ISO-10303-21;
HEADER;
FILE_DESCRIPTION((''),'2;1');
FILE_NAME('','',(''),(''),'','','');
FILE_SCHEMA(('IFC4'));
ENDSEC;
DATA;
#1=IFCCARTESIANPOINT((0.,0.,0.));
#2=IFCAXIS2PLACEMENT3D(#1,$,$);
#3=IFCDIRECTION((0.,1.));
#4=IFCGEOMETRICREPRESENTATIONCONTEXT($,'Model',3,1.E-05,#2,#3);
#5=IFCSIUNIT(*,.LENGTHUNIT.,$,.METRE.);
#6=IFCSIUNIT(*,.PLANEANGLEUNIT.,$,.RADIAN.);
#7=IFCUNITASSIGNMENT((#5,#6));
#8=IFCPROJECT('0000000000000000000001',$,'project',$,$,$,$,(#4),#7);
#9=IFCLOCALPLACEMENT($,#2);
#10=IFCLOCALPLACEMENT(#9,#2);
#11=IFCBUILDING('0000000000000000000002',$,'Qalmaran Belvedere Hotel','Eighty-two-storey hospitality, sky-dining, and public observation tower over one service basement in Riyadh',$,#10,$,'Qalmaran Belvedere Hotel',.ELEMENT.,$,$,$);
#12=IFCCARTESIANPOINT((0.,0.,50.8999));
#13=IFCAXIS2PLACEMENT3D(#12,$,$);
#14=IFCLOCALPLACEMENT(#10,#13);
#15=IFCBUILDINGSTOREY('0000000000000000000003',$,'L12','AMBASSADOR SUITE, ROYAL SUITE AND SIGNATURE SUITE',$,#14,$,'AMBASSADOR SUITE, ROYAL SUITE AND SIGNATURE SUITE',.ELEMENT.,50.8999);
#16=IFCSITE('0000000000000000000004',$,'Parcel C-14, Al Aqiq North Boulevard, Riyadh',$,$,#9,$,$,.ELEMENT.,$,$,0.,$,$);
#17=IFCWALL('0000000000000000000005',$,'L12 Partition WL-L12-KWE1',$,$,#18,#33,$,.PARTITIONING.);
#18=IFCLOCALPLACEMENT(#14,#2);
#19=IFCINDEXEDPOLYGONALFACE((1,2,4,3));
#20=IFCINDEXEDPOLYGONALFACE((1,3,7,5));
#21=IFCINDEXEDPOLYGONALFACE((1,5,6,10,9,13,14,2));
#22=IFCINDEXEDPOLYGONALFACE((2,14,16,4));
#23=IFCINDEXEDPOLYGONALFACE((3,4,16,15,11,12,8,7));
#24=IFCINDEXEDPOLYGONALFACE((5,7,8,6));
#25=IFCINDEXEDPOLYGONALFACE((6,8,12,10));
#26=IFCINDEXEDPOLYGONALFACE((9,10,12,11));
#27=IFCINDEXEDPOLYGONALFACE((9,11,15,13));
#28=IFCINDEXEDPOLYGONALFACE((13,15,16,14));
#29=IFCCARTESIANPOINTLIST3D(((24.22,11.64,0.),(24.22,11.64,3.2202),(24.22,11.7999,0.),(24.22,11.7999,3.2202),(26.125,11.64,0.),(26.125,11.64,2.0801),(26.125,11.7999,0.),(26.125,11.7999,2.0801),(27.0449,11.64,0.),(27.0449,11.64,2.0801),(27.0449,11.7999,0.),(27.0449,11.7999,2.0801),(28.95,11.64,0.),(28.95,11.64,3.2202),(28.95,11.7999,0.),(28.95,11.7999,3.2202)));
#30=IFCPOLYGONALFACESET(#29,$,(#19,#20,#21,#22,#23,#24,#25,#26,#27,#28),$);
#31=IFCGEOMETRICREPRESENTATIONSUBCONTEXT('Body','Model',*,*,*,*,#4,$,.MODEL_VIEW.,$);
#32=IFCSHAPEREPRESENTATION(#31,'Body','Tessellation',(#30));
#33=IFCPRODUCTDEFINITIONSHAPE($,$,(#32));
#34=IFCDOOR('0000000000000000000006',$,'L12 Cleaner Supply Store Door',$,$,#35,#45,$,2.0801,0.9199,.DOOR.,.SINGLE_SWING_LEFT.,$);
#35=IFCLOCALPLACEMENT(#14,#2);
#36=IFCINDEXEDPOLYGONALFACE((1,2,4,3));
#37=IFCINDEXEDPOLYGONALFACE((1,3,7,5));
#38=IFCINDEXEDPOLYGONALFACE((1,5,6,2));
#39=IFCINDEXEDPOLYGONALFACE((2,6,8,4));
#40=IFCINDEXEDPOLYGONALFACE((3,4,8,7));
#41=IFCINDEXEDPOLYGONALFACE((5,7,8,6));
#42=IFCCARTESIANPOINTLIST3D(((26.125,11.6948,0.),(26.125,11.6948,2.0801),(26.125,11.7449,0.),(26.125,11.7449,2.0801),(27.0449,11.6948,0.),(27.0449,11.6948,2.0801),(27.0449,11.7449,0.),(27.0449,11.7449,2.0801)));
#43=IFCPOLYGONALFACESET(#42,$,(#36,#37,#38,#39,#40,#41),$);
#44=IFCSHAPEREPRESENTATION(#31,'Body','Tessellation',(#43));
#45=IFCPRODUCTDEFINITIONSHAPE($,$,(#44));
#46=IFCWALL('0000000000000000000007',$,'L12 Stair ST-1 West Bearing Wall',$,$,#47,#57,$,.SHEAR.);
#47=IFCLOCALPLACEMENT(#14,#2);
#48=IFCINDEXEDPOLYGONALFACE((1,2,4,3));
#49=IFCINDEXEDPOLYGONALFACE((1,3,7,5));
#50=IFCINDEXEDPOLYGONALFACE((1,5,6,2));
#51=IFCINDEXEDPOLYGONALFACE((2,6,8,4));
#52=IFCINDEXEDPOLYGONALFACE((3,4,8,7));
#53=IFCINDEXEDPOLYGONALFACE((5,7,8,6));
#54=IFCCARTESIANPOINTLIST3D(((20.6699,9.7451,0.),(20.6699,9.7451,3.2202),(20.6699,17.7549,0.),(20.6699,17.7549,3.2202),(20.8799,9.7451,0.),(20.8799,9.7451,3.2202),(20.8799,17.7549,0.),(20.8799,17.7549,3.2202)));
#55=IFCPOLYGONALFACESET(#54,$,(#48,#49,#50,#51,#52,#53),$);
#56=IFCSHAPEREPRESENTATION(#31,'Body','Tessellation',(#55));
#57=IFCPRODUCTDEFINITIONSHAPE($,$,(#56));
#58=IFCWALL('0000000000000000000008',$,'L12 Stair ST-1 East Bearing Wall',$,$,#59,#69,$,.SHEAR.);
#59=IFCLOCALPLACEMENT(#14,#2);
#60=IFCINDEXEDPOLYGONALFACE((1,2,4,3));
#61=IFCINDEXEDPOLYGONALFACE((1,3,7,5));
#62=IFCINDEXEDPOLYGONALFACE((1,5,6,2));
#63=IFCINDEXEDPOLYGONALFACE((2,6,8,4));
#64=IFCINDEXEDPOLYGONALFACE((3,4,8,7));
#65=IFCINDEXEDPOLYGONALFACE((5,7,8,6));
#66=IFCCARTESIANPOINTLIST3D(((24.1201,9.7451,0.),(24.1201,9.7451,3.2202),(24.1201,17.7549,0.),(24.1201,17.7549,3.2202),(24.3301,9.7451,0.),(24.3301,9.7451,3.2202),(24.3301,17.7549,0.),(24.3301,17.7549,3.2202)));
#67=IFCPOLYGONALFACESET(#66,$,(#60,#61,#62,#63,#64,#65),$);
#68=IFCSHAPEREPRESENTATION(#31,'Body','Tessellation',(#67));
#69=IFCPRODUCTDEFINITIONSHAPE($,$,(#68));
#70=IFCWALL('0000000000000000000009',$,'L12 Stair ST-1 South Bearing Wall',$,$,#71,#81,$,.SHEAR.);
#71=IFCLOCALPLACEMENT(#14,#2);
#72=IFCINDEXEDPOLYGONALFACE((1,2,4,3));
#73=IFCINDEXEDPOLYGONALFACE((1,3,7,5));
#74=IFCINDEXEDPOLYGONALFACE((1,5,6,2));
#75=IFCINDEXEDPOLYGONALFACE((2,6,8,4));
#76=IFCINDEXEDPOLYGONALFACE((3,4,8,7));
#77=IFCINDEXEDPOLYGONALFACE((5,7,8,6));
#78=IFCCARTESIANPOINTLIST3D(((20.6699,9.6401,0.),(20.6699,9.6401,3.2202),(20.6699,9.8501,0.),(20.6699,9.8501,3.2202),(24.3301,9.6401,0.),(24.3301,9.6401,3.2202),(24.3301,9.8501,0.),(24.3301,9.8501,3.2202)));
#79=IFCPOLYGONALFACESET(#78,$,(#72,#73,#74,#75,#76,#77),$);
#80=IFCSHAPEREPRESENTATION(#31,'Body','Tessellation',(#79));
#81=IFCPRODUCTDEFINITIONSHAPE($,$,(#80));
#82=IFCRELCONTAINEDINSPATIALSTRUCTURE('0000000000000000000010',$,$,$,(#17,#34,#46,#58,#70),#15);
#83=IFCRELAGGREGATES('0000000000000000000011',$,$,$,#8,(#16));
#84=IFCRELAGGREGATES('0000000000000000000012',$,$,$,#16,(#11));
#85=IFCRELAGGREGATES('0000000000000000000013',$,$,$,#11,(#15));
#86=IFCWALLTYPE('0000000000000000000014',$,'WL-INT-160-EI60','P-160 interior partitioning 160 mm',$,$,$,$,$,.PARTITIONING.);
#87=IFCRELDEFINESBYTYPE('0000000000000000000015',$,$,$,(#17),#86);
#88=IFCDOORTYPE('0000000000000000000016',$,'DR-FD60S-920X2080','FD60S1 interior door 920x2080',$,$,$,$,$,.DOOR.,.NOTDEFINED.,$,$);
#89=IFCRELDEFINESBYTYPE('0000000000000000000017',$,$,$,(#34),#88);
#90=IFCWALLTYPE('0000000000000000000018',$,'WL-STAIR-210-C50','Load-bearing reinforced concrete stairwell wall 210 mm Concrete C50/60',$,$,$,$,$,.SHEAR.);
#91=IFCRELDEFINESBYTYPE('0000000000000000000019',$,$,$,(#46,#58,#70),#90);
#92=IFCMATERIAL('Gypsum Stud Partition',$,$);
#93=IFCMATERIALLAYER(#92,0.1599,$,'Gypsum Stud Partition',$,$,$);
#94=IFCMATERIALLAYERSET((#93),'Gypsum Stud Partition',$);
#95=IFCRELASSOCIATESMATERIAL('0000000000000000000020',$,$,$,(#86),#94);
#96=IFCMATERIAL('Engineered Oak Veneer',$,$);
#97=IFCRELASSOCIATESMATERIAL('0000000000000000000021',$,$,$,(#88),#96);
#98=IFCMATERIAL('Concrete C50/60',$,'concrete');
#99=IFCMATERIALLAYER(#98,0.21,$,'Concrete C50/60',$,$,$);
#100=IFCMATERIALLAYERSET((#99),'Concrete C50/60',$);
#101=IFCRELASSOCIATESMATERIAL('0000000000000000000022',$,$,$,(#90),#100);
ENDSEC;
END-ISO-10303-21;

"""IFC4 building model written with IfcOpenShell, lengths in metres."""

from ifc_helpers import new_model, si_unit, direction, frame, frame_2d, origin, place, context, subcontext, project, spatial, rectangle, extrude, material, layer, layer_set, type_object, element, fill, save


model = new_model("IFC4")

# Units and contexts
model_context = context("Model", 3, precision=1e-05, world=origin(), true_north=direction((0.0, 1.0)))
body_context = subcontext(model_context, "Body", "Model", "MODEL_VIEW")
ifc_project = project(units=[si_unit("LENGTHUNIT", "METRE"), si_unit("PLANEANGLEUNIT", "RADIAN")], contexts=[model_context])

# Site, building, storey
site_placement = place(None, origin())
site = spatial("IfcSite", under=ifc_project, at=site_placement, Name="Parcel C-14, Al Aqiq North Boulevard, Riyadh", CompositionType="ELEMENT", RefElevation=0.0)
building_placement = place(site_placement, origin())
building = spatial("IfcBuilding", under=site, at=building_placement, Name="Qalmaran Belvedere Hotel", Description="Eighty-two-storey hospitality, sky-dining, and public observation tower over one service basement in Riyadh", LongName="Qalmaran Belvedere Hotel", CompositionType="ELEMENT")
storey_placement = place(building_placement, frame((0.0, 0.0, 50.8999)))
storey = spatial("IfcBuildingStorey", under=building, at=storey_placement, Name="L12", Description="AMBASSADOR SUITE, ROYAL SUITE AND SIGNATURE SUITE", LongName="AMBASSADOR SUITE, ROYAL SUITE AND SIGNATURE SUITE", CompositionType="ELEMENT", Elevation=50.8999)

# Shared definitions
ifc_material_1 = material(Name="Concrete C50/60", Category="concrete")
ifc_material_2 = material(Name="Gypsum Stud Partition")

# Wall, opening, door
ifc_layer_1 = layer(ifc_material_2, 0.1599, Name="Gypsum Stud Partition")
ifc_layer_set_1 = layer_set([ifc_layer_1], Name="Gypsum Stud Partition")
wall_type_1 = type_object("IfcWallType", Name="WL-INT-160-EI60", Description="P-160 interior partitioning 160 mm", PredefinedType="PARTITIONING", material=ifc_layer_set_1)
wall_1_placement = place(storey_placement, frame((24.22, 11.72, 0.0), z_axis=(0.0, 0.0, 1.0), x_axis=(1.0, 0.0, 0.0)))
wall_1 = element("IfcWall", 1, at=wall_1_placement, inside=storey, type_object=wall_type_1, Name="L12 Partition WL-L12-KWE1", PredefinedType="PARTITIONING", context=body_context, shape_type="SweptSolid", body=[
    extrude(rectangle(XDim=4.73, YDim=0.1599, at=frame_2d((2.365, 0.0))), origin(), (0.0, 0.0, 1.0), 3.2202),
])
opening_1_placement = place(wall_1_placement, frame((1.905, 0.0, 0.0)))
opening_1 = element("IfcOpeningElement", 2, at=opening_1_placement, cuts=wall_1, PredefinedType="OPENING", context=body_context, shape_type="SweptSolid", body=[
    extrude(rectangle(XDim=0.9199, YDim=2.0801, at=frame_2d((0.46, 1.04))), frame((0.0, 0.0898, 0.0), z_axis=(0.0, -1.0, 0.0), x_axis=(1.0, 0.0, 0.0)), (0.0, 0.0, 1.0), 0.1799),
])
ifc_material_3 = material(Name="Engineered Oak Veneer")
door_type_1 = type_object("IfcDoorType", Name="DR-FD60S-920X2080", Description="FD60S1 interior door 920x2080", OperationType="NOTDEFINED", PredefinedType="DOOR", material=ifc_material_3)
door_1_placement = place(opening_1_placement, origin())
door_1 = element("IfcDoor", 3, at=door_1_placement, inside=storey, type_object=door_type_1, Name="L12 Cleaner Supply Store Door", OperationType="SINGLE_SWING_LEFT", OverallHeight=2.0801, OverallWidth=0.9199, PredefinedType="DOOR", context=body_context, shape_type="SweptSolid", body=[
    extrude(rectangle(XDim=0.9199, YDim=2.0801, at=frame_2d((0.46, 1.04))), frame((0.0, 0.0249, 0.0), z_axis=(0.0, -1.0, 0.0), x_axis=(1.0, 0.0, 0.0)), (0.0, 0.0, 1.0), 0.05),
])
fill(opening_1, door_1)

# Walls
ifc_layer_2 = layer(ifc_material_1, 0.21, Name="Concrete C50/60")
ifc_layer_set_2 = layer_set([ifc_layer_2], Name="Concrete C50/60")
wall_type_2 = type_object("IfcWallType", Name="WL-STAIR-210-C50", Description="Load-bearing reinforced concrete stairwell wall 210 mm Concrete C50/60", PredefinedType="SHEAR", material=ifc_layer_set_2)
for number, where, z_axis, x_axis, name in (
    (4, (20.7749, 9.7451, 0.0), (0.0, 0.0, 1.0), (0.0, 1.0, 0.0), "L12 Stair ST-1 West Bearing Wall"),
    (5, (24.2251, 9.7451, 0.0), (0.0, 0.0, 1.0), (0.0, 1.0, 0.0), "L12 Stair ST-1 East Bearing Wall"),
):
    element("IfcWall", number, at=place(storey_placement, frame(where, z_axis=z_axis, x_axis=x_axis)), inside=storey, type_object=wall_type_2, Name=name, PredefinedType="SHEAR", context=body_context, shape_type="SweptSolid", body=[
        extrude(rectangle(XDim=8.0098, YDim=0.21, at=frame_2d((4.0049, 0.0))), origin(), (0.0, 0.0, 1.0), 3.2202),
    ])
wall_2_placement = place(storey_placement, frame((20.6699, 9.7451, 0.0), z_axis=(0.0, 0.0, 1.0), x_axis=(1.0, 0.0, 0.0)))
element("IfcWall", 6, at=wall_2_placement, inside=storey, type_object=wall_type_2, Name="L12 Stair ST-1 South Bearing Wall", PredefinedType="SHEAR", context=body_context, shape_type="SweptSolid", body=[
    extrude(rectangle(XDim=3.6602, YDim=0.21, at=frame_2d((1.8301, 0.0))), origin(), (0.0, 0.0, 1.0), 3.2202),
])

save(model, "model.ifc")
